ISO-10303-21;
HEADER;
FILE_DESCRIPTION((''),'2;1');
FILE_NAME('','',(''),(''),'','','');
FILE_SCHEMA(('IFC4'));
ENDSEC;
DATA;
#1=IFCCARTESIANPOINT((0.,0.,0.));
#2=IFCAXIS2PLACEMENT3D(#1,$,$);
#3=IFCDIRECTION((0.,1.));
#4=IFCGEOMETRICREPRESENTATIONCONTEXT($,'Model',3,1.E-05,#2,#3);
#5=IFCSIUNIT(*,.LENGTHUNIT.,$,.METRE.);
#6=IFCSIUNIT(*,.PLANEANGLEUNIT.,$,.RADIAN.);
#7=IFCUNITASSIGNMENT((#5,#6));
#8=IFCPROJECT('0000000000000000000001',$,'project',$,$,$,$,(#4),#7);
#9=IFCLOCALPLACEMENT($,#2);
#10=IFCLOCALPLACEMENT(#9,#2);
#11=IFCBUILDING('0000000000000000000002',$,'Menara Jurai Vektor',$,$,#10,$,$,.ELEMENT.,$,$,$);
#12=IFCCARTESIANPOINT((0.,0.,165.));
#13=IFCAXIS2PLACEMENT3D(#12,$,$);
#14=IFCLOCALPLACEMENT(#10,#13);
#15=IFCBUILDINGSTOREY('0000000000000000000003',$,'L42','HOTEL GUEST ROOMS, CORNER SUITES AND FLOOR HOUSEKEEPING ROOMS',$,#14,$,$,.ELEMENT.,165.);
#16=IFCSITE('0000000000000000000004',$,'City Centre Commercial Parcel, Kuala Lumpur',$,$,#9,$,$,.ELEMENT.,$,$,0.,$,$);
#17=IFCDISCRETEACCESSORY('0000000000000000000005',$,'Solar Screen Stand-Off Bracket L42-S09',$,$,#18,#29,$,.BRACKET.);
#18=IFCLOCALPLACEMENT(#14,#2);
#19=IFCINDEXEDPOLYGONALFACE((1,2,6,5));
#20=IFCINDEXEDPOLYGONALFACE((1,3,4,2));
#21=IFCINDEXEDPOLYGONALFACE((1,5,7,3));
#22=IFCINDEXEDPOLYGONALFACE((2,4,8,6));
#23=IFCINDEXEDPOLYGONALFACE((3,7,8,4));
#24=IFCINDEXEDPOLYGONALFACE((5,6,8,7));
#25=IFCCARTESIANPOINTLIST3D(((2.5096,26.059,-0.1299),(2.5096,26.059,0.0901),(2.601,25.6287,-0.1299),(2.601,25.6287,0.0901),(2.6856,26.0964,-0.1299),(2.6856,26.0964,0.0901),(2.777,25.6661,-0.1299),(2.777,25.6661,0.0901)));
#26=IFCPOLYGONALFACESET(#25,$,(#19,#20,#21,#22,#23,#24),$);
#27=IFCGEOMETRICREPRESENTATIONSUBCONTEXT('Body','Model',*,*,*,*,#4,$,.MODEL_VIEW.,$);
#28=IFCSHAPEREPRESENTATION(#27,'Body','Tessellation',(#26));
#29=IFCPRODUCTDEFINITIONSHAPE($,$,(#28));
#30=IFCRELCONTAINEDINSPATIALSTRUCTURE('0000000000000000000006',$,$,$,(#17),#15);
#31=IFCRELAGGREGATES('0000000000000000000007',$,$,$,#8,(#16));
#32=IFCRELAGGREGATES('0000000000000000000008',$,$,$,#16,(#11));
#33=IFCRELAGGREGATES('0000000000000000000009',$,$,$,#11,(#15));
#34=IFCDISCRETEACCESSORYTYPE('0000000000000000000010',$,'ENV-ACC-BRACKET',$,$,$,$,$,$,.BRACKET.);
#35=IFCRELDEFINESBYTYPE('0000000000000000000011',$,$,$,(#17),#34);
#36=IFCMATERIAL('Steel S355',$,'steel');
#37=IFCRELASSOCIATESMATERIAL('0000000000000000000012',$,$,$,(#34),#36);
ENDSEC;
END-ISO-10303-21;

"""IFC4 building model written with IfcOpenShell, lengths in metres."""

from ifc_helpers import new_model, si_unit, direction, frame, origin, origin_2d, place, context, subcontext, project, spatial, rectangle, extrude, material, type_object, element, save


model = new_model("IFC4")

# Units and contexts
model_context = context("Model", 3, precision=1e-05, world=origin(), true_north=direction((0.0, 1.0)))
body_context = subcontext(model_context, "Body", "Model", "MODEL_VIEW")
ifc_project = project(units=[si_unit("LENGTHUNIT", "METRE"), si_unit("PLANEANGLEUNIT", "RADIAN")], contexts=[model_context])

# Site, building, storey
site_placement = place(None, origin())
site = spatial("IfcSite", under=ifc_project, at=site_placement, Name="City Centre Commercial Parcel, Kuala Lumpur", CompositionType="ELEMENT", RefElevation=0.0)
building_placement = place(site_placement, origin())
building = spatial("IfcBuilding", under=site, at=building_placement, Name="Menara Jurai Vektor", CompositionType="ELEMENT")
storey_placement = place(building_placement, frame((0.0, 0.0, 165.0)))
storey = spatial("IfcBuildingStorey", under=building, at=storey_placement, Name="L42", Description="HOTEL GUEST ROOMS, CORNER SUITES AND FLOOR HOUSEKEEPING ROOMS", CompositionType="ELEMENT", Elevation=165.0)

# Shared definitions
ifc_material_1 = material(Name="Steel S355", Category="steel")

# Discrete accessory
discrete_accessory_type = type_object("IfcDiscreteAccessoryType", Name="ENV-ACC-BRACKET", PredefinedType="BRACKET", material=ifc_material_1)
discrete_accessory_placement = place(storey_placement, frame((2.6433, 25.8625, -0.1299), z_axis=(0.0, 0.0, 1.0), x_axis=(-0.978148, -0.207912, 0.0)))
element("IfcDiscreteAccessory", 1, at=discrete_accessory_placement, inside=storey, type_object=discrete_accessory_type, Name="Solar Screen Stand-Off Bracket L42-S09", PredefinedType="BRACKET", context=body_context, shape_type="SweptSolid", body=[
    extrude(rectangle(XDim=0.1799, YDim=0.4399, at=origin_2d()), origin(), (0.0, 0.0, 1.0), 0.22),
])

save(model, "model.ifc")
